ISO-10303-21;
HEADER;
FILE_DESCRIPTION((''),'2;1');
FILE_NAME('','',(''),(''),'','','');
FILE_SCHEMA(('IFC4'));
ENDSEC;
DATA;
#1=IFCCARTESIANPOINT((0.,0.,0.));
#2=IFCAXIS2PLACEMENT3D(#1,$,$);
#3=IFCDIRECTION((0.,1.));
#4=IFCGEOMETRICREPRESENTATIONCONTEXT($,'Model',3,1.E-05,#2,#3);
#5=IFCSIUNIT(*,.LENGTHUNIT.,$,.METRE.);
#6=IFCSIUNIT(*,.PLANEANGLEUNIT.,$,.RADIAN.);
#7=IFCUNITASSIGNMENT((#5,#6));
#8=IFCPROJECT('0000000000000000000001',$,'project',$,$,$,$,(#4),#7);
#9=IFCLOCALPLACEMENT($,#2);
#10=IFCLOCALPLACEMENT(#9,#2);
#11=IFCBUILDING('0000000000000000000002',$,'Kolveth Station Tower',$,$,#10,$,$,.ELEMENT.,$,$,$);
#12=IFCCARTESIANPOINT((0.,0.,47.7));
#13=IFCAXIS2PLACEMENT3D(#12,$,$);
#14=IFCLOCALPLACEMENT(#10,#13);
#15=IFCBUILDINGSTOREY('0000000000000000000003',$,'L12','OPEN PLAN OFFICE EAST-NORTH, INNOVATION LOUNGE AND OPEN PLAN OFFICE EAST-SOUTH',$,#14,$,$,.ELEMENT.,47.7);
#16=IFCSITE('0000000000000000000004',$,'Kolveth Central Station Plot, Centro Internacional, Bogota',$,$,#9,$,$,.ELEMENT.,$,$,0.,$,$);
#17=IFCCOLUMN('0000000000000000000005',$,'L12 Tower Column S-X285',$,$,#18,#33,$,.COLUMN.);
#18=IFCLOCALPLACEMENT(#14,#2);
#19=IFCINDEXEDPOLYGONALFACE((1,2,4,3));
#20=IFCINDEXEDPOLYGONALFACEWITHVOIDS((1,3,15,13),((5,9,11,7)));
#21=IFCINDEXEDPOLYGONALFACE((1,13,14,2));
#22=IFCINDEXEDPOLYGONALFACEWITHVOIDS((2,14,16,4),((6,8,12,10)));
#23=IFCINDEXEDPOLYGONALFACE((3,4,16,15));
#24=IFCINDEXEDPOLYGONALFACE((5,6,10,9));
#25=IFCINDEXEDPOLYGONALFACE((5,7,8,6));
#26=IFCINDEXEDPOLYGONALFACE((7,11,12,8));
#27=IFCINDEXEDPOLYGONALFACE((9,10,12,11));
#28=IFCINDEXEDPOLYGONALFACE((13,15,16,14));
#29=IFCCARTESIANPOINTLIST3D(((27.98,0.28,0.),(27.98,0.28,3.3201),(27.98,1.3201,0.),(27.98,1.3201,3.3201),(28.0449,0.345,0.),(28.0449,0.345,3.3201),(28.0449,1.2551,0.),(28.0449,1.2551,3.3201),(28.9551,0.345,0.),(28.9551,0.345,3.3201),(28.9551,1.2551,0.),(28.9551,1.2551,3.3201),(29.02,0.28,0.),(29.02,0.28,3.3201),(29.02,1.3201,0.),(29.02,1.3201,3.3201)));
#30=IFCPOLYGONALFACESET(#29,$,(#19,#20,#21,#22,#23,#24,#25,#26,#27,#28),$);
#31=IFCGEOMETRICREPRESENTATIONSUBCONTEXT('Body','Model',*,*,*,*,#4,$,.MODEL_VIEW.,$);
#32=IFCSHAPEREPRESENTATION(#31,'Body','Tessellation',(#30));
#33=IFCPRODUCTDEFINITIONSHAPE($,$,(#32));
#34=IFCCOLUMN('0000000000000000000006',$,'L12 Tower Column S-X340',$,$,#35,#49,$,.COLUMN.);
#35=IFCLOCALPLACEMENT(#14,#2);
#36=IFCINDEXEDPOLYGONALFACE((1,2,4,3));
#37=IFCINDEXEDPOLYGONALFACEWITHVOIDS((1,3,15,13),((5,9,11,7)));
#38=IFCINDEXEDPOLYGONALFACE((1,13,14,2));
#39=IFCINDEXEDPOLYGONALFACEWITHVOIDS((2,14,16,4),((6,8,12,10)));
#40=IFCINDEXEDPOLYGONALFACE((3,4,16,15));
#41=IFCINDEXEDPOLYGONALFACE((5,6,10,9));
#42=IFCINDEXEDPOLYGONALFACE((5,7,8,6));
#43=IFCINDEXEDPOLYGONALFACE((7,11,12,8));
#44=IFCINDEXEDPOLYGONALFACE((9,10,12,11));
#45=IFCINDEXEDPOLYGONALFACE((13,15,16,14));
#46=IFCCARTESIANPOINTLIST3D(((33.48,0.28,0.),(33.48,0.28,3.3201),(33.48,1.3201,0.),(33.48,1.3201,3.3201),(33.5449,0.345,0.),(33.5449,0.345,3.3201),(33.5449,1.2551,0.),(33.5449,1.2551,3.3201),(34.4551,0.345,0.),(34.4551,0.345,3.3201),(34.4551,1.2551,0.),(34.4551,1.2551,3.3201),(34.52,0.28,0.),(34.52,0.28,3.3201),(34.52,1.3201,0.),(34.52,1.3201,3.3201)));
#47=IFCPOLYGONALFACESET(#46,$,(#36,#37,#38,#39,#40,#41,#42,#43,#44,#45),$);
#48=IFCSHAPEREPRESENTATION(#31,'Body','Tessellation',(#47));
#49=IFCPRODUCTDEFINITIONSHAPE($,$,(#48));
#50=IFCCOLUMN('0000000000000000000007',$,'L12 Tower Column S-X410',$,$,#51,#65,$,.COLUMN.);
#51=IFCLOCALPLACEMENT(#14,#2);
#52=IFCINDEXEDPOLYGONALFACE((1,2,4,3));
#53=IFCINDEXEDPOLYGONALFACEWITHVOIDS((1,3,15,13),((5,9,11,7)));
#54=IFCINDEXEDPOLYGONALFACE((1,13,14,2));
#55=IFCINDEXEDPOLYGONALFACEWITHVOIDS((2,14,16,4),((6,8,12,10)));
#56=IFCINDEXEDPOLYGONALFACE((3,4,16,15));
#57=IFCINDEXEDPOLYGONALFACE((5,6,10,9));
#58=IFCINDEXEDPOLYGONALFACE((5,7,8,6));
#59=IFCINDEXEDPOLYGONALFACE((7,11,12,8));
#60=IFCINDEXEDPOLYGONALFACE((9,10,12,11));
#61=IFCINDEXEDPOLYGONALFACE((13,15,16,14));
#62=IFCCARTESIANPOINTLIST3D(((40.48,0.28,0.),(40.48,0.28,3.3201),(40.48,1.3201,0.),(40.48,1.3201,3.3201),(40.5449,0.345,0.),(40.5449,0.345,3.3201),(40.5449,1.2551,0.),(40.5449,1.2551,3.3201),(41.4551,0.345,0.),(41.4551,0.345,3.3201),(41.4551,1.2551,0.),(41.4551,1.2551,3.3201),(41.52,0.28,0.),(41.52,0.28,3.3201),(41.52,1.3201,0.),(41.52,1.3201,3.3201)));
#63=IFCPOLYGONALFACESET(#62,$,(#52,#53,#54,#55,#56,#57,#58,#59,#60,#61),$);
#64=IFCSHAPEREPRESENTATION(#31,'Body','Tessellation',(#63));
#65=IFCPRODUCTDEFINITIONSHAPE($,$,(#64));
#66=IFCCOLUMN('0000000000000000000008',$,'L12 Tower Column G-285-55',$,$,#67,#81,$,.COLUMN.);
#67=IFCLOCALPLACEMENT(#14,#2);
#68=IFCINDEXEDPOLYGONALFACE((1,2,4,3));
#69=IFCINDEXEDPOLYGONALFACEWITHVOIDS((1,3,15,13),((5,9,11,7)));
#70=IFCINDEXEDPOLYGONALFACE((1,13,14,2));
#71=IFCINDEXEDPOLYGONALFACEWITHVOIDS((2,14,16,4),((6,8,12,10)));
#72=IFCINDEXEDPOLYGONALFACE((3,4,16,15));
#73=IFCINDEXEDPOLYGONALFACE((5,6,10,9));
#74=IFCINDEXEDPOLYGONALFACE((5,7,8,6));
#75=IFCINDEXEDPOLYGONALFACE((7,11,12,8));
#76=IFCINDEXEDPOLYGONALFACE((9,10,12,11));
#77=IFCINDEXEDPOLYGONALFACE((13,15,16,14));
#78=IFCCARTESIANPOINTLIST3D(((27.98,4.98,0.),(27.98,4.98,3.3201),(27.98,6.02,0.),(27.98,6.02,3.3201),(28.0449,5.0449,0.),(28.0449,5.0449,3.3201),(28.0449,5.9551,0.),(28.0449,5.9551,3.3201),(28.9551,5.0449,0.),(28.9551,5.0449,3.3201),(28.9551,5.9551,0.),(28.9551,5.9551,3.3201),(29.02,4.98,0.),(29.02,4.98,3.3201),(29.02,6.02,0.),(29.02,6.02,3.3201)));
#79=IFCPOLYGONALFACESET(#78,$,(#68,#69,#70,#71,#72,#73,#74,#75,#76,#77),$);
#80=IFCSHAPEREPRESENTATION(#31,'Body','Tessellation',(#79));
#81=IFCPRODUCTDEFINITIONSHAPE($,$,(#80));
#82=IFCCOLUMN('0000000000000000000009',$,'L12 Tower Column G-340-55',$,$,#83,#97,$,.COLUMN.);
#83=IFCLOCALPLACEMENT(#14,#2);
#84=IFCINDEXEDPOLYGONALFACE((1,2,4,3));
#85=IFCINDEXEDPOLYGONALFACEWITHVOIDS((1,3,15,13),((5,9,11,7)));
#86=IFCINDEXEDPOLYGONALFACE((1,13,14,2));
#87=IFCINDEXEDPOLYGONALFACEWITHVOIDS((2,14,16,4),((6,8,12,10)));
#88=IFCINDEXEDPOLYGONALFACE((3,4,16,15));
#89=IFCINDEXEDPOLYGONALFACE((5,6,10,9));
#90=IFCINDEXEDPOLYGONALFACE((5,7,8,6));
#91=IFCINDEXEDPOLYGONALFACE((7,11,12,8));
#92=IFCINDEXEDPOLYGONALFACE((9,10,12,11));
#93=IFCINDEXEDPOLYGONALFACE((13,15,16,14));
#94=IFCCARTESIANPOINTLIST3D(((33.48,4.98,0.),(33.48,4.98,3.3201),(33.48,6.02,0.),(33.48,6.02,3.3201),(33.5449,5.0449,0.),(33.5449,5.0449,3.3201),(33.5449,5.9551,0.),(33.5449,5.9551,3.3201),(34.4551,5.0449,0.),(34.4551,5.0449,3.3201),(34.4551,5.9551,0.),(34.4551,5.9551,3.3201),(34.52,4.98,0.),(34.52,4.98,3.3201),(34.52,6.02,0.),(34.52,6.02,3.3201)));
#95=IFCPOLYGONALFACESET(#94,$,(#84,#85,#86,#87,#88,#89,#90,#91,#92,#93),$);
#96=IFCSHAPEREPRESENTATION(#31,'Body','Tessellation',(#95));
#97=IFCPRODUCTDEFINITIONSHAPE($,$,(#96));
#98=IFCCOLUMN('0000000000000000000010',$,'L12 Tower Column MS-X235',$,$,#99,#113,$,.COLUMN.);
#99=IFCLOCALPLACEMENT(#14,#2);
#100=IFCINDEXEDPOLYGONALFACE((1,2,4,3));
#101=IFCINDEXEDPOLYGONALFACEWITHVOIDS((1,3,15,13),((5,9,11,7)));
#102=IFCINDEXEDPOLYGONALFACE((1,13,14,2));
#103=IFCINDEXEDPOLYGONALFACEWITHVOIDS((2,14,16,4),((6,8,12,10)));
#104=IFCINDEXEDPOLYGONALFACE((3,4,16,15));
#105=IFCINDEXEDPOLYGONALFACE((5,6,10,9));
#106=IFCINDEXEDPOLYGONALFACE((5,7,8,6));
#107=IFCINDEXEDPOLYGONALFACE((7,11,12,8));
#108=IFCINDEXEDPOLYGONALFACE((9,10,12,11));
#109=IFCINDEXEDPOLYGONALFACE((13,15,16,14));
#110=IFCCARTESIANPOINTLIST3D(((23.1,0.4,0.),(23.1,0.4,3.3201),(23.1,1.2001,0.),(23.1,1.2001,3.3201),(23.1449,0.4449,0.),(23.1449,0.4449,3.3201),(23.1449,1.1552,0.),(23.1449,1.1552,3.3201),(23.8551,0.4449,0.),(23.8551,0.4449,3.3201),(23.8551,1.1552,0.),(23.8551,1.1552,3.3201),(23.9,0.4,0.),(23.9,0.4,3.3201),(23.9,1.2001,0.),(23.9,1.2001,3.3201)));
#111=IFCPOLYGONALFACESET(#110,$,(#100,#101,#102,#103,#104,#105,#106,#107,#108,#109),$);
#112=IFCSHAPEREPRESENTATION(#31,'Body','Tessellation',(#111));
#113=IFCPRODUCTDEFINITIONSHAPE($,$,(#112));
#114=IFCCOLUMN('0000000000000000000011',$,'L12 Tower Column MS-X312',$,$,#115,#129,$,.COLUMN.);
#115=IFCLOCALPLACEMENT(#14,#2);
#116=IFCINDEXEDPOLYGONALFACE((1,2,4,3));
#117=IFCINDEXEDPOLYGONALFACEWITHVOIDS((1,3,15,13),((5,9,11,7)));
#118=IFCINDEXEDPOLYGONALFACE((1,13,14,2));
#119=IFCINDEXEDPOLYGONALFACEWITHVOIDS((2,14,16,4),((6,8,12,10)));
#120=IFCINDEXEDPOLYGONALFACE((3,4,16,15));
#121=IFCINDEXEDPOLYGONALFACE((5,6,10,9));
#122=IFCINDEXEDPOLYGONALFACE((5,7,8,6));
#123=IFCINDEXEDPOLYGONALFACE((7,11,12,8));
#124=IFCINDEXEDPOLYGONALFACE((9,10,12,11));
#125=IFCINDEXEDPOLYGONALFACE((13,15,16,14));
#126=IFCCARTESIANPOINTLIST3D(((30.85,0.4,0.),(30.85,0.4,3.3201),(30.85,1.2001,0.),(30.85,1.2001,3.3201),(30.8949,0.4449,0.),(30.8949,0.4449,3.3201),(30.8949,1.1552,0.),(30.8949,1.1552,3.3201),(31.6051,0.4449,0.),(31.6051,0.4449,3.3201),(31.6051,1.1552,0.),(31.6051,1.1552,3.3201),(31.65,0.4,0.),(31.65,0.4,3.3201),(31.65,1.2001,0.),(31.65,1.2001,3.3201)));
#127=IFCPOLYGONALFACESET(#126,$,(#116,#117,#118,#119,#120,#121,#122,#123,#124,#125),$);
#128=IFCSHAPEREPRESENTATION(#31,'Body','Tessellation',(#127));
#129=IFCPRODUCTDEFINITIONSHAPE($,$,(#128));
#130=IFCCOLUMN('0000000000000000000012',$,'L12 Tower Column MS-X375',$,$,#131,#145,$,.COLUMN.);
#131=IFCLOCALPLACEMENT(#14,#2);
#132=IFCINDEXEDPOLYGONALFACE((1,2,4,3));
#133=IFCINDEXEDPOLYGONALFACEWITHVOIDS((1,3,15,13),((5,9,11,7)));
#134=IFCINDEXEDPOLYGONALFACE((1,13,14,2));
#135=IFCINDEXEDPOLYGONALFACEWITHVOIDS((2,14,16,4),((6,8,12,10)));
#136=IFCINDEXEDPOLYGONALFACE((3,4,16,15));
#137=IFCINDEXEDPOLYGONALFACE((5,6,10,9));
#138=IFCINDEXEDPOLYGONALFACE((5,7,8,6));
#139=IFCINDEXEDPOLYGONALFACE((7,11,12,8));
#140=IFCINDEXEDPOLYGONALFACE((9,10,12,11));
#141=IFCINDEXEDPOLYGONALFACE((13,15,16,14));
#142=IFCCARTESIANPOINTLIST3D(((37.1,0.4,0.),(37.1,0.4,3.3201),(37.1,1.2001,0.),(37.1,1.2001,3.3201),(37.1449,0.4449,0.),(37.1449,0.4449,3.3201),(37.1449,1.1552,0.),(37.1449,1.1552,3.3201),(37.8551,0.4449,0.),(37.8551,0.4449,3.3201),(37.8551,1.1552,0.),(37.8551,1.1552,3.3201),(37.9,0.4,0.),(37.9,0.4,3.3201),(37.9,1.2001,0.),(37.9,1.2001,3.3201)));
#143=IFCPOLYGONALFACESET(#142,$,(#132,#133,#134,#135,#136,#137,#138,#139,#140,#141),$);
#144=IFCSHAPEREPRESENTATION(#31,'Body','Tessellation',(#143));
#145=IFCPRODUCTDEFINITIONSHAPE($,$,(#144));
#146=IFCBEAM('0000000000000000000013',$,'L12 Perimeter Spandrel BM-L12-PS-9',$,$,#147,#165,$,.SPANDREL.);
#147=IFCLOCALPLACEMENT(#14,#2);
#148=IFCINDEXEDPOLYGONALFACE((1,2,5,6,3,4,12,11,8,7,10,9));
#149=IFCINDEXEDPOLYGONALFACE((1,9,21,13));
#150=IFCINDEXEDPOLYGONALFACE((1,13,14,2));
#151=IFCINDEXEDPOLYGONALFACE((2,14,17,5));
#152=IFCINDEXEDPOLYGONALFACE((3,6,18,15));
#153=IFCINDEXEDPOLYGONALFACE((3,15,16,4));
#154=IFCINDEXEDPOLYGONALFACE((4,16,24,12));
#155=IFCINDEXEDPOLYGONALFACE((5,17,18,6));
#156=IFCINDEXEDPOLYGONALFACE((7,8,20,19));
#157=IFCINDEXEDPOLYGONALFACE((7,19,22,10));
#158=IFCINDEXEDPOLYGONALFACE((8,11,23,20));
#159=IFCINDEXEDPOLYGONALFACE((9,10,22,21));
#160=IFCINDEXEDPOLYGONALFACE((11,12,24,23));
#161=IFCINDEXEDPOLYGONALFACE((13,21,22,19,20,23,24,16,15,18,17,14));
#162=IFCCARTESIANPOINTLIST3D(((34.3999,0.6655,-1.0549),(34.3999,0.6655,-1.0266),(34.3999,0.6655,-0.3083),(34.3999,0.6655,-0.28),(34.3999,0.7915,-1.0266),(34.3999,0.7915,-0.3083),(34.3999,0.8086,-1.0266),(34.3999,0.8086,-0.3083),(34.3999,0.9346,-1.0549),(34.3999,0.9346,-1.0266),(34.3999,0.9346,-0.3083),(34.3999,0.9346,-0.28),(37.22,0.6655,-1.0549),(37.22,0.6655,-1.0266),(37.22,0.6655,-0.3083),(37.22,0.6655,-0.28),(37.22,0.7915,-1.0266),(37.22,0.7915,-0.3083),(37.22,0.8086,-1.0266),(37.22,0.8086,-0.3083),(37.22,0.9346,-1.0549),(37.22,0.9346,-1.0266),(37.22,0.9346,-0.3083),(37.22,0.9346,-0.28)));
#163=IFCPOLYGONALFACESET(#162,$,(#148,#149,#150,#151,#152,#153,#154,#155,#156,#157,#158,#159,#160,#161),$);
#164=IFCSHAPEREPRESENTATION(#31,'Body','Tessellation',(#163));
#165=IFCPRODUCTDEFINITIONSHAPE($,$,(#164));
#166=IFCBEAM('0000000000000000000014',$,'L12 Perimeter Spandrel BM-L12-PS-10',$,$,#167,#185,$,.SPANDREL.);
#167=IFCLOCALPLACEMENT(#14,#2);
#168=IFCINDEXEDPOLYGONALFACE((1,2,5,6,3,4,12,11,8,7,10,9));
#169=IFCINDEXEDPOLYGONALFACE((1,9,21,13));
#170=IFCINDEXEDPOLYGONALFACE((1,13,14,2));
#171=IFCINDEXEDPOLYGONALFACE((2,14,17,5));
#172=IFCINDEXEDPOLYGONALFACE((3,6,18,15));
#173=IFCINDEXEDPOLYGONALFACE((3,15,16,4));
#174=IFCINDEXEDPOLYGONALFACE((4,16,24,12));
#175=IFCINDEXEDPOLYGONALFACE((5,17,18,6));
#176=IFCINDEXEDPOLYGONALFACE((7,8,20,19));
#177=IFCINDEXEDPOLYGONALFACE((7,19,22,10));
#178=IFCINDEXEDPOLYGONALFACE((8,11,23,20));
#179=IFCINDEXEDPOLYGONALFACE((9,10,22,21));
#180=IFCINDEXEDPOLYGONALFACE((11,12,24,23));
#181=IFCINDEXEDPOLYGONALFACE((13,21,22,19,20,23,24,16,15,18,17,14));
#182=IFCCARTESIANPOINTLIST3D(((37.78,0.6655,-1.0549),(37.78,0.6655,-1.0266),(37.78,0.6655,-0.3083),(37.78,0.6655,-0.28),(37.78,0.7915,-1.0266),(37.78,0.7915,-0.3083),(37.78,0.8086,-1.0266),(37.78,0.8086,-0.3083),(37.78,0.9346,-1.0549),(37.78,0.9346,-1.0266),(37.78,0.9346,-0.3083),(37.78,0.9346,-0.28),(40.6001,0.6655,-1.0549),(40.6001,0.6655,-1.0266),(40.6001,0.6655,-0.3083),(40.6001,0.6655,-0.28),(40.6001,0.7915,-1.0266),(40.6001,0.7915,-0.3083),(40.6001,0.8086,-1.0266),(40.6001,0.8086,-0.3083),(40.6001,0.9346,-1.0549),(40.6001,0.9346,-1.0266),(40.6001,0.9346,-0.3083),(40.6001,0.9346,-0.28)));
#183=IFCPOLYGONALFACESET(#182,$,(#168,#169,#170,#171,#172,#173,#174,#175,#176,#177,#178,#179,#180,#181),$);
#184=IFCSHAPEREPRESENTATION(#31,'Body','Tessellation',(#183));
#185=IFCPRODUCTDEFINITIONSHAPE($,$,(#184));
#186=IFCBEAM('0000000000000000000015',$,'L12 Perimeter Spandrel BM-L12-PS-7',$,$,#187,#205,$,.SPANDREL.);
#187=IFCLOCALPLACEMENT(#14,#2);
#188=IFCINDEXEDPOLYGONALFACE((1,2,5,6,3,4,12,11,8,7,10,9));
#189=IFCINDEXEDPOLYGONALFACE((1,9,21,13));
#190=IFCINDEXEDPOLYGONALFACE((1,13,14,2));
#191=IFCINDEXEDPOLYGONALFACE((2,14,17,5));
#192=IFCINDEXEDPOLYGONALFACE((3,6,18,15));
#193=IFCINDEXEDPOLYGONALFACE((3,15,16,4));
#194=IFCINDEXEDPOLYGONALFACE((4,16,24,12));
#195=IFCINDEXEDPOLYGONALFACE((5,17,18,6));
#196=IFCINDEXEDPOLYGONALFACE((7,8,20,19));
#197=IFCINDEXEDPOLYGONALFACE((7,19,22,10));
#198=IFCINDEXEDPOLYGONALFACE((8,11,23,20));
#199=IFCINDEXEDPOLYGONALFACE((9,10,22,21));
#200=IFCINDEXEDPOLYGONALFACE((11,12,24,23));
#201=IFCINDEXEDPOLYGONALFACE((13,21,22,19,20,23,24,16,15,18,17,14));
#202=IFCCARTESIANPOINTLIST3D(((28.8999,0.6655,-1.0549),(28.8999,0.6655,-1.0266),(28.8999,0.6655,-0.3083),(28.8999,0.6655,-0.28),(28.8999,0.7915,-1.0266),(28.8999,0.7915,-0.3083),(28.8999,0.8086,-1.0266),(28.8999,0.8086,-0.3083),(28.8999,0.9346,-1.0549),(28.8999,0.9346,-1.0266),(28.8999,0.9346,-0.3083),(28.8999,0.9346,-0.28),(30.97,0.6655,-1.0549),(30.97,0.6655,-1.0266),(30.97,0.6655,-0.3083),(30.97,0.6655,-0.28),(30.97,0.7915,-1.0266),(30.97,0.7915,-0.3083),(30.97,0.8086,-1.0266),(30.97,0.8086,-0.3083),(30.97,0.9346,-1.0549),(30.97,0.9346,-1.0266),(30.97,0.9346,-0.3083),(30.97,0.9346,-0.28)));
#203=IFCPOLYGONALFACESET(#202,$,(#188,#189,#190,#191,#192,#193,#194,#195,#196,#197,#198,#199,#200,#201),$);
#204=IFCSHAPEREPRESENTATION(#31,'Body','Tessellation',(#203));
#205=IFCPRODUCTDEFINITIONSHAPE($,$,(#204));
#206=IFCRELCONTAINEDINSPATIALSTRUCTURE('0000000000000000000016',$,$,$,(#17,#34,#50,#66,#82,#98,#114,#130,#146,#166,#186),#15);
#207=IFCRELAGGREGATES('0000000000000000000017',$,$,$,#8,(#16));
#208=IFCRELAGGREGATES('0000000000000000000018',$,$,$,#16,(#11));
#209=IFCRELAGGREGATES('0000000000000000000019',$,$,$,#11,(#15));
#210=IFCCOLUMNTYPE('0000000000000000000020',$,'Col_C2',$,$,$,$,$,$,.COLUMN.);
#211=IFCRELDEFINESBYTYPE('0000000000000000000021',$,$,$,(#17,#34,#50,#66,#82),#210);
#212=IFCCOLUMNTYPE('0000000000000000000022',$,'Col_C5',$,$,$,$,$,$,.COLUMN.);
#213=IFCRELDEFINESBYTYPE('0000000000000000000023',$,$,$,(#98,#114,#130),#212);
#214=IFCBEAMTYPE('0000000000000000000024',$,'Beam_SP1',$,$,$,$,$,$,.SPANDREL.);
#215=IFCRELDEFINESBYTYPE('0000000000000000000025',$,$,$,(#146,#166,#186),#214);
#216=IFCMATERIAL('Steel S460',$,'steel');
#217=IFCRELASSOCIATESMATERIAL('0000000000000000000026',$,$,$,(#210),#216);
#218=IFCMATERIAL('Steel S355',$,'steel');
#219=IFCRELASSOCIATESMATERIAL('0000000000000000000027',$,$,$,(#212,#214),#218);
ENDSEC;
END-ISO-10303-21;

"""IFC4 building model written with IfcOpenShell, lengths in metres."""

from ifc_helpers import new_model, si_unit, direction, frame, origin, origin_2d, place, context, subcontext, project, spatial, hollow_rectangle, i_section, extrude, source, transform, mapped, material, material_profile, profile_set, type_object, element, save


model = new_model("IFC4")

# Units and contexts
model_context = context("Model", 3, precision=1e-05, world=origin(), true_north=direction((0.0, 1.0)))
body_context = subcontext(model_context, "Body", "Model", "MODEL_VIEW")
ifc_project = project(units=[si_unit("LENGTHUNIT", "METRE"), si_unit("PLANEANGLEUNIT", "RADIAN")], contexts=[model_context])

# Site, building, storey
site_placement = place(None, origin())
site = spatial("IfcSite", under=ifc_project, at=site_placement, Name="Kolveth Central Station Plot, Centro Internacional, Bogota", CompositionType="ELEMENT", RefElevation=0.0)
building_placement = place(site_placement, origin())
building = spatial("IfcBuilding", under=site, at=building_placement, Name="Kolveth Station Tower", CompositionType="ELEMENT")
storey_placement = place(building_placement, frame((0.0, 0.0, 47.7)))
storey = spatial("IfcBuildingStorey", under=building, at=storey_placement, Name="L12", Description="OPEN PLAN OFFICE EAST-NORTH, INNOVATION LOUNGE AND OPEN PLAN OFFICE EAST-SOUTH", CompositionType="ELEMENT", Elevation=47.7)

# Columns
ifc_material_1 = material(Name="Steel S460", Category="steel")
ifc_material_profile_1 = material_profile(ifc_material_1, hollow_rectangle(XDim=1.04, YDim=1.04, WallThickness=0.0649, at=origin_2d()), Name="BOX1040x1040x65")
ifc_profile_set_1 = profile_set([ifc_material_profile_1], Name="Steel S460")
column_type_1 = type_object("IfcColumnType", Name="Col_C2", PredefinedType="COLUMN", material=ifc_profile_set_1)
shared_shape_1 = source(origin(), body_context, "Body", "SweptSolid", [
    extrude(hollow_rectangle(XDim=1.04, YDim=1.04, WallThickness=0.0649, at=origin_2d()), origin(), (0.0, 0.0, 1.0), 3.3201),
])
for number, where, z_axis, x_axis, name in (
    (1, (28.5, 0.8, 0.0), (0.0, 0.0, 1.0), (1.0, 0.0, 0.0), "L12 Tower Column S-X285"),
    (2, (34.0, 0.8, 0.0), (0.0, 0.0, 1.0), (1.0, 0.0, 0.0), "L12 Tower Column S-X340"),
    (3, (41.0, 0.8, 0.0), (0.0, 0.0, 1.0), (1.0, 0.0, 0.0), "L12 Tower Column S-X410"),
    (4, (28.5, 5.5, 0.0), (0.0, 0.0, 1.0), (1.0, 0.0, 0.0), "L12 Tower Column G-285-55"),
    (5, (34.0, 5.5, 0.0), (0.0, 0.0, 1.0), (1.0, 0.0, 0.0), "L12 Tower Column G-340-55"),
):
    element("IfcColumn", number, at=place(storey_placement, frame(where, z_axis=z_axis, x_axis=x_axis)), inside=storey, type_object=column_type_1, Name=name, PredefinedType="COLUMN", context=body_context, shape_type="MappedRepresentation", body=[
        mapped(shared_shape_1, transform((0.0, 0.0, 0.0), x_axis=(1.0, 0.0, 0.0), y_axis=(0.0, 1.0, 0.0), z_axis=(0.0, 0.0, 1.0), scale=1.0)),
    ])
ifc_material_2 = material(Name="Steel S355", Category="steel")
ifc_material_profile_2 = material_profile(ifc_material_2, hollow_rectangle(XDim=0.8, YDim=0.8, WallThickness=0.0449, at=origin_2d()), Name="BOX800x800x45")
ifc_profile_set_2 = profile_set([ifc_material_profile_2], Name="Steel S355")
column_type_2 = type_object("IfcColumnType", Name="Col_C5", PredefinedType="COLUMN", material=ifc_profile_set_2)
shared_shape_2 = source(origin(), body_context, "Body", "SweptSolid", [
    extrude(hollow_rectangle(XDim=0.8, YDim=0.8, WallThickness=0.0449, at=origin_2d()), origin(), (0.0, 0.0, 1.0), 3.3201),
])
for number, where, z_axis, x_axis, name in (
    (6, (23.5, 0.8, 0.0), (0.0, 0.0, 1.0), (1.0, 0.0, 0.0), "L12 Tower Column MS-X235"),
    (7, (31.25, 0.8, 0.0), (0.0, 0.0, 1.0), (1.0, 0.0, 0.0), "L12 Tower Column MS-X312"),
    (8, (37.5, 0.8, 0.0), (0.0, 0.0, 1.0), (1.0, 0.0, 0.0), "L12 Tower Column MS-X375"),
):
    element("IfcColumn", number, at=place(storey_placement, frame(where, z_axis=z_axis, x_axis=x_axis)), inside=storey, type_object=column_type_2, Name=name, PredefinedType="COLUMN", context=body_context, shape_type="MappedRepresentation", body=[
        mapped(shared_shape_2, transform((0.0, 0.0, 0.0), x_axis=(1.0, 0.0, 0.0), y_axis=(0.0, 1.0, 0.0), z_axis=(0.0, 0.0, 1.0), scale=1.0)),
    ])

# Beams
ifc_material_profile_3 = material_profile(ifc_material_2, i_section(OverallWidth=0.269, OverallDepth=0.7749, WebThickness=0.0171, FlangeThickness=0.0283, at=origin_2d()), Name="W760x220")
ifc_profile_set_3 = profile_set([ifc_material_profile_3], Name="Steel S355")
beam_type_1 = type_object("IfcBeamType", Name="Beam_SP1", PredefinedType="SPANDREL", material=ifc_profile_set_3)
shared_shape_3 = source(origin(), body_context, "Body", "SweptSolid", [
    extrude(i_section(OverallWidth=0.269, OverallDepth=0.7749, WebThickness=0.0171, FlangeThickness=0.0283, at=origin_2d()), origin(), (0.0, 0.0, 1.0), 2.8201),
])
for number, where, z_axis, x_axis, name in (
    (9, (34.3999, 0.8, -0.6675), (1.0, 0.0, 0.0), (0.0, 1.0, 0.0), "L12 Perimeter Spandrel BM-L12-PS-9"),
    (10, (37.78, 0.8, -0.6675), (1.0, 0.0, 0.0), (0.0, 1.0, 0.0), "L12 Perimeter Spandrel BM-L12-PS-10"),
):
    element("IfcBeam", number, at=place(storey_placement, frame(where, z_axis=z_axis, x_axis=x_axis)), inside=storey, type_object=beam_type_1, Name=name, PredefinedType="SPANDREL", context=body_context, shape_type="MappedRepresentation", body=[
        mapped(shared_shape_3, transform((0.0, 0.0, 0.0), x_axis=(1.0, 0.0, 0.0), y_axis=(0.0, 1.0, 0.0), z_axis=(0.0, 0.0, 1.0), scale=1.0)),
    ])
shared_shape_4 = source(origin(), body_context, "Body", "SweptSolid", [
    extrude(i_section(OverallWidth=0.269, OverallDepth=0.7749, WebThickness=0.0171, FlangeThickness=0.0283, at=origin_2d()), origin(), (0.0, 0.0, 1.0), 2.0701),
])
for number, where, z_axis, x_axis, name in (
    (11, (28.8999, 0.8, -0.6675), (1.0, 0.0, 0.0), (0.0, 1.0, 0.0), "L12 Perimeter Spandrel BM-L12-PS-7"),
):
    element("IfcBeam", number, at=place(storey_placement, frame(where, z_axis=z_axis, x_axis=x_axis)), inside=storey, type_object=beam_type_1, Name=name, PredefinedType="SPANDREL", context=body_context, shape_type="MappedRepresentation", body=[
        mapped(shared_shape_4, transform((0.0, 0.0, 0.0), x_axis=(1.0, 0.0, 0.0), y_axis=(0.0, 1.0, 0.0), z_axis=(0.0, 0.0, 1.0), scale=1.0)),
    ])

save(model, "model.ifc")
